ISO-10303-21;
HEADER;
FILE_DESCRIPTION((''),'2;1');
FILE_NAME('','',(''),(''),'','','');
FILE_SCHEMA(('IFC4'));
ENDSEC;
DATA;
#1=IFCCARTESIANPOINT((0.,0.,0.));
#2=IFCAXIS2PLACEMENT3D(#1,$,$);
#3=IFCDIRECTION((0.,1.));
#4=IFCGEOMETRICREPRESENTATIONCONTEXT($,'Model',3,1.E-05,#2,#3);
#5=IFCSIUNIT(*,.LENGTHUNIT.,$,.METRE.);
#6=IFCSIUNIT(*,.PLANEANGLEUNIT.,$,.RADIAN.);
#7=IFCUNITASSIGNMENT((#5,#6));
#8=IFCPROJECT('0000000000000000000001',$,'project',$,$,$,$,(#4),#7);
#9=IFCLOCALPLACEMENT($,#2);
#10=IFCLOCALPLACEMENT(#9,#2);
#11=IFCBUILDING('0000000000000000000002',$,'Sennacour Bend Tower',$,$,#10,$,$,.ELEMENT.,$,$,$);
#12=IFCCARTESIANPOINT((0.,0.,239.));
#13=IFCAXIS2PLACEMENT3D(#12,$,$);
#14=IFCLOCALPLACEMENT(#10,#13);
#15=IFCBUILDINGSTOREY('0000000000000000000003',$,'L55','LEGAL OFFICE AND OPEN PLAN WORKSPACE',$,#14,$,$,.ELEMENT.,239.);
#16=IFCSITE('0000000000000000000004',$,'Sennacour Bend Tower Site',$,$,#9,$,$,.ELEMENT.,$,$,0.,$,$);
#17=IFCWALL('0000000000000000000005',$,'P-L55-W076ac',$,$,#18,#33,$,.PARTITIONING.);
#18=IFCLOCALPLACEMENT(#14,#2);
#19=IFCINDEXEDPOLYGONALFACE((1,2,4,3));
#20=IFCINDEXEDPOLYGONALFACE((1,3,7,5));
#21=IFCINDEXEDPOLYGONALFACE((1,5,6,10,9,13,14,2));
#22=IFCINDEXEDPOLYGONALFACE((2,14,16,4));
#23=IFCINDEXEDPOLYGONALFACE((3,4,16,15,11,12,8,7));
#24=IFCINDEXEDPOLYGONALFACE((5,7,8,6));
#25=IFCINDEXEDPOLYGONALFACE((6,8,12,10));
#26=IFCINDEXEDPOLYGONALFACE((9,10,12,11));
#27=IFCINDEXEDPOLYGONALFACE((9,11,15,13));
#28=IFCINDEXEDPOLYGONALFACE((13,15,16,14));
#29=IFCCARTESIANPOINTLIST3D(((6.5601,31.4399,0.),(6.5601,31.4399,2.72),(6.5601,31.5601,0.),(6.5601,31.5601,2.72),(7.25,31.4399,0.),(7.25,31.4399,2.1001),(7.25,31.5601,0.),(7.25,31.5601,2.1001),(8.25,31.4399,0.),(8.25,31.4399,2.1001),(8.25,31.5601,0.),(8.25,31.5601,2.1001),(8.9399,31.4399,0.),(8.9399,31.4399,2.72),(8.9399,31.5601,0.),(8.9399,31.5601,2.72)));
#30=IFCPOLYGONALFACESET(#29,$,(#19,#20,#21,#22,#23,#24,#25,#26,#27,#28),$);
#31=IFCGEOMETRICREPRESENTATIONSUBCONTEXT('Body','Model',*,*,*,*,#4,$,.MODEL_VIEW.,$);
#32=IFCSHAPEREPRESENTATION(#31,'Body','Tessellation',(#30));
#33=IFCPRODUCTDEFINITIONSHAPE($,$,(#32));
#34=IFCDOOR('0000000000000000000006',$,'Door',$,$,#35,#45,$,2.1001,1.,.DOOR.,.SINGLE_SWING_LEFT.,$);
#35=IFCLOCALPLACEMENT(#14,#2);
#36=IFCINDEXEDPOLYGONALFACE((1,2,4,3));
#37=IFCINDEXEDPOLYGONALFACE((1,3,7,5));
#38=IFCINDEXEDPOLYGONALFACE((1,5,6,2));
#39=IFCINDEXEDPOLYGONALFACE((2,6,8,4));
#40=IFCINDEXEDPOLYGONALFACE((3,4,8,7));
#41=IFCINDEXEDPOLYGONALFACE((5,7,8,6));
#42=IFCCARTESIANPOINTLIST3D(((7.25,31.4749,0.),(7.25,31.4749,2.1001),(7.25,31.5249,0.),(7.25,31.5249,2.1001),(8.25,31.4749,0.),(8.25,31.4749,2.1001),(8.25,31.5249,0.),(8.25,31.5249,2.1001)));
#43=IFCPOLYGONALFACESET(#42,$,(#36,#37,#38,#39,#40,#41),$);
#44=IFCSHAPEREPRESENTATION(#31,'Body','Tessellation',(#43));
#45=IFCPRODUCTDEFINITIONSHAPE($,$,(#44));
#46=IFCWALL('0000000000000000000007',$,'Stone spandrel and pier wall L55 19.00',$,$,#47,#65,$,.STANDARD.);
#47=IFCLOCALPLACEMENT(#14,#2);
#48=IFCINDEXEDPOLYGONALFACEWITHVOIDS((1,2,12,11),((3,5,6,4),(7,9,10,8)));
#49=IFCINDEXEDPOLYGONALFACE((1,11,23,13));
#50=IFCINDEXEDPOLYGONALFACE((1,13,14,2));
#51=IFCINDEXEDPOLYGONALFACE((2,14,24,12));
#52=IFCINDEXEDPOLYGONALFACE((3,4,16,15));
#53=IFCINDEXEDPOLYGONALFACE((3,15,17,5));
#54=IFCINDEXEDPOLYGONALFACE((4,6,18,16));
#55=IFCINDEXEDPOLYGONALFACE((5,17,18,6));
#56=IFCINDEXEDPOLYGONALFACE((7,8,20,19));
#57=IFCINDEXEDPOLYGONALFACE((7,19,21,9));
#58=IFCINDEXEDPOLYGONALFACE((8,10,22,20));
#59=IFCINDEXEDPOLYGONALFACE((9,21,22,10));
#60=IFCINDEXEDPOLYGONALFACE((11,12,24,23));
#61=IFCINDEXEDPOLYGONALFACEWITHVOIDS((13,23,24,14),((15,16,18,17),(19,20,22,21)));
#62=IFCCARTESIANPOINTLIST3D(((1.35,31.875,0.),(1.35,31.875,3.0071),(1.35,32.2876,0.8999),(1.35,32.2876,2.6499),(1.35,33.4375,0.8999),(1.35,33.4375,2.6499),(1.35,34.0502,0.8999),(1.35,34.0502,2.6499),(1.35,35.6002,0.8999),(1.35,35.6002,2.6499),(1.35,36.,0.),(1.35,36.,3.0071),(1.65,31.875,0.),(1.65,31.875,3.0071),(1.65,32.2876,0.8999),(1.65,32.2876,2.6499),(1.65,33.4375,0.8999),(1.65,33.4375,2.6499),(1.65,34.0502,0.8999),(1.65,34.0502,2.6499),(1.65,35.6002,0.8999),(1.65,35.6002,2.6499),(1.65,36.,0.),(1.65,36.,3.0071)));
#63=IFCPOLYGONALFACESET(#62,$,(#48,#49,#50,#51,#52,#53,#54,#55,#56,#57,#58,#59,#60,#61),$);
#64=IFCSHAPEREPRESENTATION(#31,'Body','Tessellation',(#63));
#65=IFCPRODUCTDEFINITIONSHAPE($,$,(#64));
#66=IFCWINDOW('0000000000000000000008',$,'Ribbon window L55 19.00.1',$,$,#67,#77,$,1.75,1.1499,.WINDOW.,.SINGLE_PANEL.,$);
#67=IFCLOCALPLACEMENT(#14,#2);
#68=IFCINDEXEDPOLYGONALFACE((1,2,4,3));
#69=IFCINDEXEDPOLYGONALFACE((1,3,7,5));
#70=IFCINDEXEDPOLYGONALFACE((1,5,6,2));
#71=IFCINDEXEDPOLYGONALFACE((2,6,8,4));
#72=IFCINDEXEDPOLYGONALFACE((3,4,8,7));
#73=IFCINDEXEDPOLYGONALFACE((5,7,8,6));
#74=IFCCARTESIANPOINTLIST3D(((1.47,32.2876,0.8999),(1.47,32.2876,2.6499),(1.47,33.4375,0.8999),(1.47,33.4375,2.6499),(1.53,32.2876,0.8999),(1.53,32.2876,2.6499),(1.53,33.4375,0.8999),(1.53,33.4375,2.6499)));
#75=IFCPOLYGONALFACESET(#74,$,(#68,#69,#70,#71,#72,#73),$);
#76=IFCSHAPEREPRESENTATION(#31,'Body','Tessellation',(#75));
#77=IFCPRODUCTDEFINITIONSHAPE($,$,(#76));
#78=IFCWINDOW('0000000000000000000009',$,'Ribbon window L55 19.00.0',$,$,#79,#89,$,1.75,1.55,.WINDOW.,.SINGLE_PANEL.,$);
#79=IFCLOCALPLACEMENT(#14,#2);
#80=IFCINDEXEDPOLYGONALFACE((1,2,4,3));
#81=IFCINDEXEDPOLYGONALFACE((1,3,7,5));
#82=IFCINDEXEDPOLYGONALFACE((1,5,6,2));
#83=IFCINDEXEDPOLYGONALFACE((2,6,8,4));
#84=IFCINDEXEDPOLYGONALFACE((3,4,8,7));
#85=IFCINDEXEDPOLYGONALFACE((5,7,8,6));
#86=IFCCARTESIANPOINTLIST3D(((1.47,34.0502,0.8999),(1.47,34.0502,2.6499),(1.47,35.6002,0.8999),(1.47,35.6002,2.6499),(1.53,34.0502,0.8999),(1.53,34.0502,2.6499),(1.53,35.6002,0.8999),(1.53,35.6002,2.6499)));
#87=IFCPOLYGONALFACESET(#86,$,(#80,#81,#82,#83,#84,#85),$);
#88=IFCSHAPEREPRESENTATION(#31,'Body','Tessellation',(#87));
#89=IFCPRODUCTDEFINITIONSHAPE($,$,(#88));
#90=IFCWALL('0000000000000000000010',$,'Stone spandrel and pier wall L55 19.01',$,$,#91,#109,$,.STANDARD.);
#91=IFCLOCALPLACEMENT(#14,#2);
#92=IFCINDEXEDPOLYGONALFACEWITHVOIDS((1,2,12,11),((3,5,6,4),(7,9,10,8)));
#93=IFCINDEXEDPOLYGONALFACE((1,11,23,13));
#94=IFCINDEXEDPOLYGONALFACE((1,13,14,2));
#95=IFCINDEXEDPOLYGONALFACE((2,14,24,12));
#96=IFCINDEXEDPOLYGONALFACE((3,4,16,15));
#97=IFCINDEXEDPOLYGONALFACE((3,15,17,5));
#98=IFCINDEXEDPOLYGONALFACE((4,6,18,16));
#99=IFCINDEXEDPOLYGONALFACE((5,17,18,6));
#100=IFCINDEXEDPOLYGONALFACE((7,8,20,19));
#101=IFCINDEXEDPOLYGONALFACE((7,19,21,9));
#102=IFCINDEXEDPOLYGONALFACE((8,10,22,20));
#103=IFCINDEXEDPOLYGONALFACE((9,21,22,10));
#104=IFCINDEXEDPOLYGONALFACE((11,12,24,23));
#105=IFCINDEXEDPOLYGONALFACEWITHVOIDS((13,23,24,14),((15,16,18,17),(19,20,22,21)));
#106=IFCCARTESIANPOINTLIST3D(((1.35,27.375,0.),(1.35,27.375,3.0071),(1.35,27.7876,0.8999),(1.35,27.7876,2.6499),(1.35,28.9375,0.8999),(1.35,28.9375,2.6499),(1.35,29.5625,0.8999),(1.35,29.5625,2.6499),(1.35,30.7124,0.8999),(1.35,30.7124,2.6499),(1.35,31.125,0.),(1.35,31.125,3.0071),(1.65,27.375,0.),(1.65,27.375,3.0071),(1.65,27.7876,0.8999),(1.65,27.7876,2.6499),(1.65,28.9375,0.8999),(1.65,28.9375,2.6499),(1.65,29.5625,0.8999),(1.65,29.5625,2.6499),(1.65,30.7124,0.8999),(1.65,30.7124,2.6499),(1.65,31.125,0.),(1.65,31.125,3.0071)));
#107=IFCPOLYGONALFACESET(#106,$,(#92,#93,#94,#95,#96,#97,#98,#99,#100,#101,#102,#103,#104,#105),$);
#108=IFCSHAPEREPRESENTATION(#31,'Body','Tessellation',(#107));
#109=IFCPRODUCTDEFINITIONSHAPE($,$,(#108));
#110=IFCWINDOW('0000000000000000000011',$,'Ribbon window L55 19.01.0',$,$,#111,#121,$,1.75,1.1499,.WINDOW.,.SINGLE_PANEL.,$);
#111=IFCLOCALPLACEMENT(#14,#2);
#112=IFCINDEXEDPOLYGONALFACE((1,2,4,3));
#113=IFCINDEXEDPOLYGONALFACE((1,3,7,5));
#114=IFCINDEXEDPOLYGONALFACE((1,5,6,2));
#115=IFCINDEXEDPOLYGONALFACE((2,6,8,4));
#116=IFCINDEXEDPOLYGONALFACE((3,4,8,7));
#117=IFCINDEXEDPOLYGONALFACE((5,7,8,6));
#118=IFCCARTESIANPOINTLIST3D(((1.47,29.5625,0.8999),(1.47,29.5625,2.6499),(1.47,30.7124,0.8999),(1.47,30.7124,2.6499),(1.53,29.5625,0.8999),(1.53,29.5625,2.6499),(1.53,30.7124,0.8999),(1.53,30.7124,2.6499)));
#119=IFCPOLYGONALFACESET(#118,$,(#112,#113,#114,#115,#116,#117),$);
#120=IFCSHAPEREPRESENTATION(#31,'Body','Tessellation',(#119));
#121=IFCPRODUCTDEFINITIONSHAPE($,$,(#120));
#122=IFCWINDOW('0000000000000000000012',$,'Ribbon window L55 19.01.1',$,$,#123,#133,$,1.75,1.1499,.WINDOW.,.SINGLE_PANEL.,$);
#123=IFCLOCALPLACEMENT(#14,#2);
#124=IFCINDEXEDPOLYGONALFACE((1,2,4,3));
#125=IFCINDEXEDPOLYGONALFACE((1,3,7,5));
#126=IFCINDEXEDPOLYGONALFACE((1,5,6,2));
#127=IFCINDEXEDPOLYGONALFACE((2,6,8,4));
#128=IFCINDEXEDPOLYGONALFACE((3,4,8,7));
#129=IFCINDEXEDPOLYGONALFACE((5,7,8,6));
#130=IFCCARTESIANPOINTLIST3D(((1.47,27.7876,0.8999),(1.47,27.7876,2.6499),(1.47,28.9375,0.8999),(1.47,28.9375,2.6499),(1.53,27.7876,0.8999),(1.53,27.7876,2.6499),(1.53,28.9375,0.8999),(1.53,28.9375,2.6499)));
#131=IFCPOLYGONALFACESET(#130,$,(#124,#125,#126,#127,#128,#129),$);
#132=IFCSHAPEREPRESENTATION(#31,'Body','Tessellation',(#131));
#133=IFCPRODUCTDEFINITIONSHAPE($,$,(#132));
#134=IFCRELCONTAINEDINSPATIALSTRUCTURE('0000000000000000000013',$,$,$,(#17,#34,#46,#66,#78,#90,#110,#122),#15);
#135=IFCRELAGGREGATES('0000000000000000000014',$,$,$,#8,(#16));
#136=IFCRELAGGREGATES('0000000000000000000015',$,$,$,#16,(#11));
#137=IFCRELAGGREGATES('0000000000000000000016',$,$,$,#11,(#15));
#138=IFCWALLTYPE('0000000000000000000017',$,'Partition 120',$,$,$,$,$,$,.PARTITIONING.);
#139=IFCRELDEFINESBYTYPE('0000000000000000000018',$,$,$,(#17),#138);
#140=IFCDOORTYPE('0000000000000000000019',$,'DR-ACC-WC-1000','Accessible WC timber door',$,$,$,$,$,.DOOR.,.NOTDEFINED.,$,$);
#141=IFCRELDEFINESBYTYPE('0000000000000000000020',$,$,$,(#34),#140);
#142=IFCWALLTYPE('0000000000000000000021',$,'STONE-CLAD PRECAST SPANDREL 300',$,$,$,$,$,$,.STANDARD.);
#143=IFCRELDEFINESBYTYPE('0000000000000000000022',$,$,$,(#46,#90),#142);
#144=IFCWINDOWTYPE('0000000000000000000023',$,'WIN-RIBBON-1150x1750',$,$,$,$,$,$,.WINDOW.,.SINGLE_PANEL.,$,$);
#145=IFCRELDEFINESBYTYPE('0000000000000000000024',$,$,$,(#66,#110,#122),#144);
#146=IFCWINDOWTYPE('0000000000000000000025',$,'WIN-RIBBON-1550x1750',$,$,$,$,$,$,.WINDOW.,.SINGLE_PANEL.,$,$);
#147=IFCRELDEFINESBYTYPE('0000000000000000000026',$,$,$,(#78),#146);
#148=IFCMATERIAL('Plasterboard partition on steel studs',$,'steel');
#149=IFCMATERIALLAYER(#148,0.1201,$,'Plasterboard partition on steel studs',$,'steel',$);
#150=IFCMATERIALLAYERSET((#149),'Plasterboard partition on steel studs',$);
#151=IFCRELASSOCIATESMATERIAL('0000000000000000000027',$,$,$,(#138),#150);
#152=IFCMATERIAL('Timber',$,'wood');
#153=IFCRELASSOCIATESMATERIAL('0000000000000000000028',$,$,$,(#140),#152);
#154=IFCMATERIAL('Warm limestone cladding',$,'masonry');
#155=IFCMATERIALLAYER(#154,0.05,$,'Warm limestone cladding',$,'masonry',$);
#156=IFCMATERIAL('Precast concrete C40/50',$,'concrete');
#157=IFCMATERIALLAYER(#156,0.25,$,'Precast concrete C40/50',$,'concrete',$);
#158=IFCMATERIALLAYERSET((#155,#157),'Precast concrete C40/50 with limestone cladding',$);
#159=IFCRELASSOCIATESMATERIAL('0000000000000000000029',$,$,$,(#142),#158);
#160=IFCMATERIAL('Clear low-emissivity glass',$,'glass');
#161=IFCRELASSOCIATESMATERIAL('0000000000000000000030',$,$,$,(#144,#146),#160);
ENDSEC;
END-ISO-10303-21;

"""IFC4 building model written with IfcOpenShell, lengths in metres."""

from ifc_helpers import new_model, si_unit, direction, frame, frame_2d, origin, place, context, subcontext, project, spatial, rectangle, extrude, material, layer, layer_set, type_object, element, fill, save


model = new_model("IFC4")

# Units and contexts
model_context = context("Model", 3, precision=1e-05, world=origin(), true_north=direction((0.0, 1.0)))
body_context = subcontext(model_context, "Body", "Model", "MODEL_VIEW")
ifc_project = project(units=[si_unit("LENGTHUNIT", "METRE"), si_unit("PLANEANGLEUNIT", "RADIAN")], contexts=[model_context])

# Site, building, storey
site_placement = place(None, origin())
site = spatial("IfcSite", under=ifc_project, at=site_placement, Name="Sennacour Bend Tower Site", CompositionType="ELEMENT", RefElevation=0.0)
building_placement = place(site_placement, origin())
building = spatial("IfcBuilding", under=site, at=building_placement, Name="Sennacour Bend Tower", CompositionType="ELEMENT")
storey_placement = place(building_placement, frame((0.0, 0.0, 239.0)))
storey = spatial("IfcBuildingStorey", under=building, at=storey_placement, Name="L55", Description="LEGAL OFFICE AND OPEN PLAN WORKSPACE", CompositionType="ELEMENT", Elevation=239.0)

# Wall, opening, door
ifc_material_1 = material(Name="Plasterboard partition on steel studs", Category="steel")
ifc_layer_1 = layer(ifc_material_1, 0.1201, Name="Plasterboard partition on steel studs", Category="steel")
ifc_layer_set_1 = layer_set([ifc_layer_1], Name="Plasterboard partition on steel studs")
wall_type_1 = type_object("IfcWallType", Name="Partition 120", PredefinedType="PARTITIONING", material=ifc_layer_set_1)
ifc_material_2 = material(Name="Timber", Category="wood")
wall_1_placement = place(storey_placement, frame((6.5601, 31.5, 0.0), z_axis=(0.0, 0.0, 1.0), x_axis=(1.0, 0.0, 0.0)))
wall_1 = element("IfcWall", 1, at=wall_1_placement, inside=storey, type_object=wall_type_1, Name="P-L55-W076ac", PredefinedType="PARTITIONING", context=body_context, shape_type="SweptSolid", body=[
    extrude(rectangle(XDim=2.3799, YDim=0.1201, at=frame_2d((1.1899, 0.0))), origin(), (0.0, 0.0, 1.0), 2.72),
])
opening_1_placement = place(wall_1_placement, frame((0.6899, 0.0, 0.0)))
opening_1 = element("IfcOpeningElement", 2, at=opening_1_placement, cuts=wall_1, PredefinedType="OPENING", context=body_context, shape_type="SweptSolid", body=[
    extrude(rectangle(XDim=1.0, YDim=2.1001, at=frame_2d((0.5, 1.05))), frame((0.0, 0.0701, 0.0), z_axis=(0.0, -1.0, 0.0), x_axis=(1.0, 0.0, 0.0)), (0.0, 0.0, 1.0), 0.1401),
])
door_type_1 = type_object("IfcDoorType", Name="DR-ACC-WC-1000", Description="Accessible WC timber door", OperationType="NOTDEFINED", PredefinedType="DOOR", material=ifc_material_2)
door_1_placement = place(opening_1_placement, origin())
door_1 = element("IfcDoor", 3, at=door_1_placement, inside=storey, type_object=door_type_1, Name="Door", OperationType="SINGLE_SWING_LEFT", OverallHeight=2.1001, OverallWidth=1.0, PredefinedType="DOOR", context=body_context, shape_type="SweptSolid", body=[
    extrude(rectangle(XDim=1.0, YDim=2.1001, at=frame_2d((0.5, 1.05))), frame((0.0, 0.0249, 0.0), z_axis=(0.0, -1.0, 0.0), x_axis=(1.0, 0.0, 0.0)), (0.0, 0.0, 1.0), 0.05),
])
fill(opening_1, door_1)

# Walls, openings, windows
ifc_material_3 = material(Name="Warm limestone cladding", Category="masonry")
ifc_layer_2 = layer(ifc_material_3, 0.05, Name="Warm limestone cladding", Category="masonry")
ifc_material_4 = material(Name="Precast concrete C40/50", Category="concrete")
ifc_layer_3 = layer(ifc_material_4, 0.25, Name="Precast concrete C40/50", Category="concrete")
ifc_layer_set_2 = layer_set([ifc_layer_2, ifc_layer_3], Name="Precast concrete C40/50 with limestone cladding")
wall_type_2 = type_object("IfcWallType", Name="STONE-CLAD PRECAST SPANDREL 300", PredefinedType="STANDARD", material=ifc_layer_set_2)
wall_2_placement = place(storey_placement, frame((1.5, 36.0, 0.0), z_axis=(0.0, 0.0, 1.0), x_axis=(0.0, -1.0, 0.0)))
wall_2 = element("IfcWall", 4, at=wall_2_placement, inside=storey, type_object=wall_type_2, Name="Stone spandrel and pier wall L55 19.00", PredefinedType="STANDARD", context=body_context, shape_type="SweptSolid", body=[
    extrude(rectangle(XDim=4.125, YDim=0.3, at=frame_2d((2.0625, 0.0))), origin(), (0.0, 0.0, 1.0), 3.0071),
])
opening_2_placement = place(wall_2_placement, frame((0.3999, 0.0, 0.8999)))
opening_2 = element("IfcOpeningElement", 5, at=opening_2_placement, cuts=wall_2, PredefinedType="OPENING", context=body_context, shape_type="SweptSolid", body=[
    extrude(rectangle(XDim=1.55, YDim=1.75, at=frame_2d((0.7749, 0.875))), frame((0.0, 0.1602, 0.0), z_axis=(0.0, -1.0, 0.0), x_axis=(1.0, 0.0, 0.0)), (0.0, 0.0, 1.0), 0.3201),
])
opening_3_placement = place(wall_2_placement, frame((2.5625, 0.0, 0.8999)))
opening_3 = element("IfcOpeningElement", 6, at=opening_3_placement, cuts=wall_2, PredefinedType="OPENING", context=body_context, shape_type="SweptSolid", body=[
    extrude(rectangle(XDim=1.1499, YDim=1.75, at=frame_2d((0.575, 0.875))), frame((0.0, 0.1602, 0.0), z_axis=(0.0, -1.0, 0.0), x_axis=(1.0, 0.0, 0.0)), (0.0, 0.0, 1.0), 0.3201),
])
ifc_material_5 = material(Name="Clear low-emissivity glass", Category="glass")
window_type_1 = type_object("IfcWindowType", Name="WIN-RIBBON-1150x1750", PartitioningType="SINGLE_PANEL", PredefinedType="WINDOW", material=ifc_material_5)
window_1_placement = place(opening_3_placement, origin())
window_1 = element("IfcWindow", 7, at=window_1_placement, inside=storey, type_object=window_type_1, Name="Ribbon window L55 19.00.1", OverallHeight=1.75, OverallWidth=1.1499, PartitioningType="SINGLE_PANEL", PredefinedType="WINDOW", context=body_context, shape_type="SweptSolid", body=[
    extrude(rectangle(XDim=1.1499, YDim=1.75, at=frame_2d((0.575, 0.875))), frame((0.0, 0.03, 0.0), z_axis=(0.0, -1.0, 0.0), x_axis=(1.0, 0.0, 0.0)), (0.0, 0.0, 1.0), 0.0601),
])
fill(opening_3, window_1)
window_type_2 = type_object("IfcWindowType", Name="WIN-RIBBON-1550x1750", PartitioningType="SINGLE_PANEL", PredefinedType="WINDOW", material=ifc_material_5)
window_2_placement = place(opening_2_placement, origin())
window_2 = element("IfcWindow", 8, at=window_2_placement, inside=storey, type_object=window_type_2, Name="Ribbon window L55 19.00.0", OverallHeight=1.75, OverallWidth=1.55, PartitioningType="SINGLE_PANEL", PredefinedType="WINDOW", context=body_context, shape_type="SweptSolid", body=[
    extrude(rectangle(XDim=1.55, YDim=1.75, at=frame_2d((0.7749, 0.875))), frame((0.0, 0.03, 0.0), z_axis=(0.0, -1.0, 0.0), x_axis=(1.0, 0.0, 0.0)), (0.0, 0.0, 1.0), 0.0601),
])
fill(opening_2, window_2)
wall_3_placement = place(storey_placement, frame((1.5, 31.125, 0.0), z_axis=(0.0, 0.0, 1.0), x_axis=(0.0, -1.0, 0.0)))
wall_3 = element("IfcWall", 9, at=wall_3_placement, inside=storey, type_object=wall_type_2, Name="Stone spandrel and pier wall L55 19.01", PredefinedType="STANDARD", context=body_context, shape_type="SweptSolid", body=[
    extrude(rectangle(XDim=3.75, YDim=0.3, at=frame_2d((1.875, 0.0))), origin(), (0.0, 0.0, 1.0), 3.0071),
])
opening_4_placement = place(wall_3_placement, frame((0.4126, 0.0, 0.8999)))
opening_4 = element("IfcOpeningElement", 10, at=opening_4_placement, cuts=wall_3, PredefinedType="OPENING", context=body_context, shape_type="SweptSolid", body=[
    extrude(rectangle(XDim=1.1499, YDim=1.75, at=frame_2d((0.575, 0.875))), frame((0.0, 0.1602, 0.0), z_axis=(0.0, -1.0, 0.0), x_axis=(1.0, 0.0, 0.0)), (0.0, 0.0, 1.0), 0.3201),
])
opening_5_placement = place(wall_3_placement, frame((2.1875, 0.0, 0.8999)))
opening_5 = element("IfcOpeningElement", 11, at=opening_5_placement, cuts=wall_3, PredefinedType="OPENING", context=body_context, shape_type="SweptSolid", body=[
    extrude(rectangle(XDim=1.1499, YDim=1.75, at=frame_2d((0.575, 0.875))), frame((0.0, 0.1602, 0.0), z_axis=(0.0, -1.0, 0.0), x_axis=(1.0, 0.0, 0.0)), (0.0, 0.0, 1.0), 0.3201),
])
window_3_placement = place(opening_4_placement, origin())
window_3 = element("IfcWindow", 12, at=window_3_placement, inside=storey, type_object=window_type_1, Name="Ribbon window L55 19.01.0", OverallHeight=1.75, OverallWidth=1.1499, PartitioningType="SINGLE_PANEL", PredefinedType="WINDOW", context=body_context, shape_type="SweptSolid", body=[
    extrude(rectangle(XDim=1.1499, YDim=1.75, at=frame_2d((0.575, 0.875))), frame((0.0, 0.03, 0.0), z_axis=(0.0, -1.0, 0.0), x_axis=(1.0, 0.0, 0.0)), (0.0, 0.0, 1.0), 0.0601),
])
fill(opening_4, window_3)
window_4_placement = place(opening_5_placement, origin())
window_4 = element("IfcWindow", 13, at=window_4_placement, inside=storey, type_object=window_type_1, Name="Ribbon window L55 19.01.1", OverallHeight=1.75, OverallWidth=1.1499, PartitioningType="SINGLE_PANEL", PredefinedType="WINDOW", context=body_context, shape_type="SweptSolid", body=[
    extrude(rectangle(XDim=1.1499, YDim=1.75, at=frame_2d((0.575, 0.875))), frame((0.0, 0.03, 0.0), z_axis=(0.0, -1.0, 0.0), x_axis=(1.0, 0.0, 0.0)), (0.0, 0.0, 1.0), 0.0601),
])
fill(opening_5, window_4)

save(model, "model.ifc")
